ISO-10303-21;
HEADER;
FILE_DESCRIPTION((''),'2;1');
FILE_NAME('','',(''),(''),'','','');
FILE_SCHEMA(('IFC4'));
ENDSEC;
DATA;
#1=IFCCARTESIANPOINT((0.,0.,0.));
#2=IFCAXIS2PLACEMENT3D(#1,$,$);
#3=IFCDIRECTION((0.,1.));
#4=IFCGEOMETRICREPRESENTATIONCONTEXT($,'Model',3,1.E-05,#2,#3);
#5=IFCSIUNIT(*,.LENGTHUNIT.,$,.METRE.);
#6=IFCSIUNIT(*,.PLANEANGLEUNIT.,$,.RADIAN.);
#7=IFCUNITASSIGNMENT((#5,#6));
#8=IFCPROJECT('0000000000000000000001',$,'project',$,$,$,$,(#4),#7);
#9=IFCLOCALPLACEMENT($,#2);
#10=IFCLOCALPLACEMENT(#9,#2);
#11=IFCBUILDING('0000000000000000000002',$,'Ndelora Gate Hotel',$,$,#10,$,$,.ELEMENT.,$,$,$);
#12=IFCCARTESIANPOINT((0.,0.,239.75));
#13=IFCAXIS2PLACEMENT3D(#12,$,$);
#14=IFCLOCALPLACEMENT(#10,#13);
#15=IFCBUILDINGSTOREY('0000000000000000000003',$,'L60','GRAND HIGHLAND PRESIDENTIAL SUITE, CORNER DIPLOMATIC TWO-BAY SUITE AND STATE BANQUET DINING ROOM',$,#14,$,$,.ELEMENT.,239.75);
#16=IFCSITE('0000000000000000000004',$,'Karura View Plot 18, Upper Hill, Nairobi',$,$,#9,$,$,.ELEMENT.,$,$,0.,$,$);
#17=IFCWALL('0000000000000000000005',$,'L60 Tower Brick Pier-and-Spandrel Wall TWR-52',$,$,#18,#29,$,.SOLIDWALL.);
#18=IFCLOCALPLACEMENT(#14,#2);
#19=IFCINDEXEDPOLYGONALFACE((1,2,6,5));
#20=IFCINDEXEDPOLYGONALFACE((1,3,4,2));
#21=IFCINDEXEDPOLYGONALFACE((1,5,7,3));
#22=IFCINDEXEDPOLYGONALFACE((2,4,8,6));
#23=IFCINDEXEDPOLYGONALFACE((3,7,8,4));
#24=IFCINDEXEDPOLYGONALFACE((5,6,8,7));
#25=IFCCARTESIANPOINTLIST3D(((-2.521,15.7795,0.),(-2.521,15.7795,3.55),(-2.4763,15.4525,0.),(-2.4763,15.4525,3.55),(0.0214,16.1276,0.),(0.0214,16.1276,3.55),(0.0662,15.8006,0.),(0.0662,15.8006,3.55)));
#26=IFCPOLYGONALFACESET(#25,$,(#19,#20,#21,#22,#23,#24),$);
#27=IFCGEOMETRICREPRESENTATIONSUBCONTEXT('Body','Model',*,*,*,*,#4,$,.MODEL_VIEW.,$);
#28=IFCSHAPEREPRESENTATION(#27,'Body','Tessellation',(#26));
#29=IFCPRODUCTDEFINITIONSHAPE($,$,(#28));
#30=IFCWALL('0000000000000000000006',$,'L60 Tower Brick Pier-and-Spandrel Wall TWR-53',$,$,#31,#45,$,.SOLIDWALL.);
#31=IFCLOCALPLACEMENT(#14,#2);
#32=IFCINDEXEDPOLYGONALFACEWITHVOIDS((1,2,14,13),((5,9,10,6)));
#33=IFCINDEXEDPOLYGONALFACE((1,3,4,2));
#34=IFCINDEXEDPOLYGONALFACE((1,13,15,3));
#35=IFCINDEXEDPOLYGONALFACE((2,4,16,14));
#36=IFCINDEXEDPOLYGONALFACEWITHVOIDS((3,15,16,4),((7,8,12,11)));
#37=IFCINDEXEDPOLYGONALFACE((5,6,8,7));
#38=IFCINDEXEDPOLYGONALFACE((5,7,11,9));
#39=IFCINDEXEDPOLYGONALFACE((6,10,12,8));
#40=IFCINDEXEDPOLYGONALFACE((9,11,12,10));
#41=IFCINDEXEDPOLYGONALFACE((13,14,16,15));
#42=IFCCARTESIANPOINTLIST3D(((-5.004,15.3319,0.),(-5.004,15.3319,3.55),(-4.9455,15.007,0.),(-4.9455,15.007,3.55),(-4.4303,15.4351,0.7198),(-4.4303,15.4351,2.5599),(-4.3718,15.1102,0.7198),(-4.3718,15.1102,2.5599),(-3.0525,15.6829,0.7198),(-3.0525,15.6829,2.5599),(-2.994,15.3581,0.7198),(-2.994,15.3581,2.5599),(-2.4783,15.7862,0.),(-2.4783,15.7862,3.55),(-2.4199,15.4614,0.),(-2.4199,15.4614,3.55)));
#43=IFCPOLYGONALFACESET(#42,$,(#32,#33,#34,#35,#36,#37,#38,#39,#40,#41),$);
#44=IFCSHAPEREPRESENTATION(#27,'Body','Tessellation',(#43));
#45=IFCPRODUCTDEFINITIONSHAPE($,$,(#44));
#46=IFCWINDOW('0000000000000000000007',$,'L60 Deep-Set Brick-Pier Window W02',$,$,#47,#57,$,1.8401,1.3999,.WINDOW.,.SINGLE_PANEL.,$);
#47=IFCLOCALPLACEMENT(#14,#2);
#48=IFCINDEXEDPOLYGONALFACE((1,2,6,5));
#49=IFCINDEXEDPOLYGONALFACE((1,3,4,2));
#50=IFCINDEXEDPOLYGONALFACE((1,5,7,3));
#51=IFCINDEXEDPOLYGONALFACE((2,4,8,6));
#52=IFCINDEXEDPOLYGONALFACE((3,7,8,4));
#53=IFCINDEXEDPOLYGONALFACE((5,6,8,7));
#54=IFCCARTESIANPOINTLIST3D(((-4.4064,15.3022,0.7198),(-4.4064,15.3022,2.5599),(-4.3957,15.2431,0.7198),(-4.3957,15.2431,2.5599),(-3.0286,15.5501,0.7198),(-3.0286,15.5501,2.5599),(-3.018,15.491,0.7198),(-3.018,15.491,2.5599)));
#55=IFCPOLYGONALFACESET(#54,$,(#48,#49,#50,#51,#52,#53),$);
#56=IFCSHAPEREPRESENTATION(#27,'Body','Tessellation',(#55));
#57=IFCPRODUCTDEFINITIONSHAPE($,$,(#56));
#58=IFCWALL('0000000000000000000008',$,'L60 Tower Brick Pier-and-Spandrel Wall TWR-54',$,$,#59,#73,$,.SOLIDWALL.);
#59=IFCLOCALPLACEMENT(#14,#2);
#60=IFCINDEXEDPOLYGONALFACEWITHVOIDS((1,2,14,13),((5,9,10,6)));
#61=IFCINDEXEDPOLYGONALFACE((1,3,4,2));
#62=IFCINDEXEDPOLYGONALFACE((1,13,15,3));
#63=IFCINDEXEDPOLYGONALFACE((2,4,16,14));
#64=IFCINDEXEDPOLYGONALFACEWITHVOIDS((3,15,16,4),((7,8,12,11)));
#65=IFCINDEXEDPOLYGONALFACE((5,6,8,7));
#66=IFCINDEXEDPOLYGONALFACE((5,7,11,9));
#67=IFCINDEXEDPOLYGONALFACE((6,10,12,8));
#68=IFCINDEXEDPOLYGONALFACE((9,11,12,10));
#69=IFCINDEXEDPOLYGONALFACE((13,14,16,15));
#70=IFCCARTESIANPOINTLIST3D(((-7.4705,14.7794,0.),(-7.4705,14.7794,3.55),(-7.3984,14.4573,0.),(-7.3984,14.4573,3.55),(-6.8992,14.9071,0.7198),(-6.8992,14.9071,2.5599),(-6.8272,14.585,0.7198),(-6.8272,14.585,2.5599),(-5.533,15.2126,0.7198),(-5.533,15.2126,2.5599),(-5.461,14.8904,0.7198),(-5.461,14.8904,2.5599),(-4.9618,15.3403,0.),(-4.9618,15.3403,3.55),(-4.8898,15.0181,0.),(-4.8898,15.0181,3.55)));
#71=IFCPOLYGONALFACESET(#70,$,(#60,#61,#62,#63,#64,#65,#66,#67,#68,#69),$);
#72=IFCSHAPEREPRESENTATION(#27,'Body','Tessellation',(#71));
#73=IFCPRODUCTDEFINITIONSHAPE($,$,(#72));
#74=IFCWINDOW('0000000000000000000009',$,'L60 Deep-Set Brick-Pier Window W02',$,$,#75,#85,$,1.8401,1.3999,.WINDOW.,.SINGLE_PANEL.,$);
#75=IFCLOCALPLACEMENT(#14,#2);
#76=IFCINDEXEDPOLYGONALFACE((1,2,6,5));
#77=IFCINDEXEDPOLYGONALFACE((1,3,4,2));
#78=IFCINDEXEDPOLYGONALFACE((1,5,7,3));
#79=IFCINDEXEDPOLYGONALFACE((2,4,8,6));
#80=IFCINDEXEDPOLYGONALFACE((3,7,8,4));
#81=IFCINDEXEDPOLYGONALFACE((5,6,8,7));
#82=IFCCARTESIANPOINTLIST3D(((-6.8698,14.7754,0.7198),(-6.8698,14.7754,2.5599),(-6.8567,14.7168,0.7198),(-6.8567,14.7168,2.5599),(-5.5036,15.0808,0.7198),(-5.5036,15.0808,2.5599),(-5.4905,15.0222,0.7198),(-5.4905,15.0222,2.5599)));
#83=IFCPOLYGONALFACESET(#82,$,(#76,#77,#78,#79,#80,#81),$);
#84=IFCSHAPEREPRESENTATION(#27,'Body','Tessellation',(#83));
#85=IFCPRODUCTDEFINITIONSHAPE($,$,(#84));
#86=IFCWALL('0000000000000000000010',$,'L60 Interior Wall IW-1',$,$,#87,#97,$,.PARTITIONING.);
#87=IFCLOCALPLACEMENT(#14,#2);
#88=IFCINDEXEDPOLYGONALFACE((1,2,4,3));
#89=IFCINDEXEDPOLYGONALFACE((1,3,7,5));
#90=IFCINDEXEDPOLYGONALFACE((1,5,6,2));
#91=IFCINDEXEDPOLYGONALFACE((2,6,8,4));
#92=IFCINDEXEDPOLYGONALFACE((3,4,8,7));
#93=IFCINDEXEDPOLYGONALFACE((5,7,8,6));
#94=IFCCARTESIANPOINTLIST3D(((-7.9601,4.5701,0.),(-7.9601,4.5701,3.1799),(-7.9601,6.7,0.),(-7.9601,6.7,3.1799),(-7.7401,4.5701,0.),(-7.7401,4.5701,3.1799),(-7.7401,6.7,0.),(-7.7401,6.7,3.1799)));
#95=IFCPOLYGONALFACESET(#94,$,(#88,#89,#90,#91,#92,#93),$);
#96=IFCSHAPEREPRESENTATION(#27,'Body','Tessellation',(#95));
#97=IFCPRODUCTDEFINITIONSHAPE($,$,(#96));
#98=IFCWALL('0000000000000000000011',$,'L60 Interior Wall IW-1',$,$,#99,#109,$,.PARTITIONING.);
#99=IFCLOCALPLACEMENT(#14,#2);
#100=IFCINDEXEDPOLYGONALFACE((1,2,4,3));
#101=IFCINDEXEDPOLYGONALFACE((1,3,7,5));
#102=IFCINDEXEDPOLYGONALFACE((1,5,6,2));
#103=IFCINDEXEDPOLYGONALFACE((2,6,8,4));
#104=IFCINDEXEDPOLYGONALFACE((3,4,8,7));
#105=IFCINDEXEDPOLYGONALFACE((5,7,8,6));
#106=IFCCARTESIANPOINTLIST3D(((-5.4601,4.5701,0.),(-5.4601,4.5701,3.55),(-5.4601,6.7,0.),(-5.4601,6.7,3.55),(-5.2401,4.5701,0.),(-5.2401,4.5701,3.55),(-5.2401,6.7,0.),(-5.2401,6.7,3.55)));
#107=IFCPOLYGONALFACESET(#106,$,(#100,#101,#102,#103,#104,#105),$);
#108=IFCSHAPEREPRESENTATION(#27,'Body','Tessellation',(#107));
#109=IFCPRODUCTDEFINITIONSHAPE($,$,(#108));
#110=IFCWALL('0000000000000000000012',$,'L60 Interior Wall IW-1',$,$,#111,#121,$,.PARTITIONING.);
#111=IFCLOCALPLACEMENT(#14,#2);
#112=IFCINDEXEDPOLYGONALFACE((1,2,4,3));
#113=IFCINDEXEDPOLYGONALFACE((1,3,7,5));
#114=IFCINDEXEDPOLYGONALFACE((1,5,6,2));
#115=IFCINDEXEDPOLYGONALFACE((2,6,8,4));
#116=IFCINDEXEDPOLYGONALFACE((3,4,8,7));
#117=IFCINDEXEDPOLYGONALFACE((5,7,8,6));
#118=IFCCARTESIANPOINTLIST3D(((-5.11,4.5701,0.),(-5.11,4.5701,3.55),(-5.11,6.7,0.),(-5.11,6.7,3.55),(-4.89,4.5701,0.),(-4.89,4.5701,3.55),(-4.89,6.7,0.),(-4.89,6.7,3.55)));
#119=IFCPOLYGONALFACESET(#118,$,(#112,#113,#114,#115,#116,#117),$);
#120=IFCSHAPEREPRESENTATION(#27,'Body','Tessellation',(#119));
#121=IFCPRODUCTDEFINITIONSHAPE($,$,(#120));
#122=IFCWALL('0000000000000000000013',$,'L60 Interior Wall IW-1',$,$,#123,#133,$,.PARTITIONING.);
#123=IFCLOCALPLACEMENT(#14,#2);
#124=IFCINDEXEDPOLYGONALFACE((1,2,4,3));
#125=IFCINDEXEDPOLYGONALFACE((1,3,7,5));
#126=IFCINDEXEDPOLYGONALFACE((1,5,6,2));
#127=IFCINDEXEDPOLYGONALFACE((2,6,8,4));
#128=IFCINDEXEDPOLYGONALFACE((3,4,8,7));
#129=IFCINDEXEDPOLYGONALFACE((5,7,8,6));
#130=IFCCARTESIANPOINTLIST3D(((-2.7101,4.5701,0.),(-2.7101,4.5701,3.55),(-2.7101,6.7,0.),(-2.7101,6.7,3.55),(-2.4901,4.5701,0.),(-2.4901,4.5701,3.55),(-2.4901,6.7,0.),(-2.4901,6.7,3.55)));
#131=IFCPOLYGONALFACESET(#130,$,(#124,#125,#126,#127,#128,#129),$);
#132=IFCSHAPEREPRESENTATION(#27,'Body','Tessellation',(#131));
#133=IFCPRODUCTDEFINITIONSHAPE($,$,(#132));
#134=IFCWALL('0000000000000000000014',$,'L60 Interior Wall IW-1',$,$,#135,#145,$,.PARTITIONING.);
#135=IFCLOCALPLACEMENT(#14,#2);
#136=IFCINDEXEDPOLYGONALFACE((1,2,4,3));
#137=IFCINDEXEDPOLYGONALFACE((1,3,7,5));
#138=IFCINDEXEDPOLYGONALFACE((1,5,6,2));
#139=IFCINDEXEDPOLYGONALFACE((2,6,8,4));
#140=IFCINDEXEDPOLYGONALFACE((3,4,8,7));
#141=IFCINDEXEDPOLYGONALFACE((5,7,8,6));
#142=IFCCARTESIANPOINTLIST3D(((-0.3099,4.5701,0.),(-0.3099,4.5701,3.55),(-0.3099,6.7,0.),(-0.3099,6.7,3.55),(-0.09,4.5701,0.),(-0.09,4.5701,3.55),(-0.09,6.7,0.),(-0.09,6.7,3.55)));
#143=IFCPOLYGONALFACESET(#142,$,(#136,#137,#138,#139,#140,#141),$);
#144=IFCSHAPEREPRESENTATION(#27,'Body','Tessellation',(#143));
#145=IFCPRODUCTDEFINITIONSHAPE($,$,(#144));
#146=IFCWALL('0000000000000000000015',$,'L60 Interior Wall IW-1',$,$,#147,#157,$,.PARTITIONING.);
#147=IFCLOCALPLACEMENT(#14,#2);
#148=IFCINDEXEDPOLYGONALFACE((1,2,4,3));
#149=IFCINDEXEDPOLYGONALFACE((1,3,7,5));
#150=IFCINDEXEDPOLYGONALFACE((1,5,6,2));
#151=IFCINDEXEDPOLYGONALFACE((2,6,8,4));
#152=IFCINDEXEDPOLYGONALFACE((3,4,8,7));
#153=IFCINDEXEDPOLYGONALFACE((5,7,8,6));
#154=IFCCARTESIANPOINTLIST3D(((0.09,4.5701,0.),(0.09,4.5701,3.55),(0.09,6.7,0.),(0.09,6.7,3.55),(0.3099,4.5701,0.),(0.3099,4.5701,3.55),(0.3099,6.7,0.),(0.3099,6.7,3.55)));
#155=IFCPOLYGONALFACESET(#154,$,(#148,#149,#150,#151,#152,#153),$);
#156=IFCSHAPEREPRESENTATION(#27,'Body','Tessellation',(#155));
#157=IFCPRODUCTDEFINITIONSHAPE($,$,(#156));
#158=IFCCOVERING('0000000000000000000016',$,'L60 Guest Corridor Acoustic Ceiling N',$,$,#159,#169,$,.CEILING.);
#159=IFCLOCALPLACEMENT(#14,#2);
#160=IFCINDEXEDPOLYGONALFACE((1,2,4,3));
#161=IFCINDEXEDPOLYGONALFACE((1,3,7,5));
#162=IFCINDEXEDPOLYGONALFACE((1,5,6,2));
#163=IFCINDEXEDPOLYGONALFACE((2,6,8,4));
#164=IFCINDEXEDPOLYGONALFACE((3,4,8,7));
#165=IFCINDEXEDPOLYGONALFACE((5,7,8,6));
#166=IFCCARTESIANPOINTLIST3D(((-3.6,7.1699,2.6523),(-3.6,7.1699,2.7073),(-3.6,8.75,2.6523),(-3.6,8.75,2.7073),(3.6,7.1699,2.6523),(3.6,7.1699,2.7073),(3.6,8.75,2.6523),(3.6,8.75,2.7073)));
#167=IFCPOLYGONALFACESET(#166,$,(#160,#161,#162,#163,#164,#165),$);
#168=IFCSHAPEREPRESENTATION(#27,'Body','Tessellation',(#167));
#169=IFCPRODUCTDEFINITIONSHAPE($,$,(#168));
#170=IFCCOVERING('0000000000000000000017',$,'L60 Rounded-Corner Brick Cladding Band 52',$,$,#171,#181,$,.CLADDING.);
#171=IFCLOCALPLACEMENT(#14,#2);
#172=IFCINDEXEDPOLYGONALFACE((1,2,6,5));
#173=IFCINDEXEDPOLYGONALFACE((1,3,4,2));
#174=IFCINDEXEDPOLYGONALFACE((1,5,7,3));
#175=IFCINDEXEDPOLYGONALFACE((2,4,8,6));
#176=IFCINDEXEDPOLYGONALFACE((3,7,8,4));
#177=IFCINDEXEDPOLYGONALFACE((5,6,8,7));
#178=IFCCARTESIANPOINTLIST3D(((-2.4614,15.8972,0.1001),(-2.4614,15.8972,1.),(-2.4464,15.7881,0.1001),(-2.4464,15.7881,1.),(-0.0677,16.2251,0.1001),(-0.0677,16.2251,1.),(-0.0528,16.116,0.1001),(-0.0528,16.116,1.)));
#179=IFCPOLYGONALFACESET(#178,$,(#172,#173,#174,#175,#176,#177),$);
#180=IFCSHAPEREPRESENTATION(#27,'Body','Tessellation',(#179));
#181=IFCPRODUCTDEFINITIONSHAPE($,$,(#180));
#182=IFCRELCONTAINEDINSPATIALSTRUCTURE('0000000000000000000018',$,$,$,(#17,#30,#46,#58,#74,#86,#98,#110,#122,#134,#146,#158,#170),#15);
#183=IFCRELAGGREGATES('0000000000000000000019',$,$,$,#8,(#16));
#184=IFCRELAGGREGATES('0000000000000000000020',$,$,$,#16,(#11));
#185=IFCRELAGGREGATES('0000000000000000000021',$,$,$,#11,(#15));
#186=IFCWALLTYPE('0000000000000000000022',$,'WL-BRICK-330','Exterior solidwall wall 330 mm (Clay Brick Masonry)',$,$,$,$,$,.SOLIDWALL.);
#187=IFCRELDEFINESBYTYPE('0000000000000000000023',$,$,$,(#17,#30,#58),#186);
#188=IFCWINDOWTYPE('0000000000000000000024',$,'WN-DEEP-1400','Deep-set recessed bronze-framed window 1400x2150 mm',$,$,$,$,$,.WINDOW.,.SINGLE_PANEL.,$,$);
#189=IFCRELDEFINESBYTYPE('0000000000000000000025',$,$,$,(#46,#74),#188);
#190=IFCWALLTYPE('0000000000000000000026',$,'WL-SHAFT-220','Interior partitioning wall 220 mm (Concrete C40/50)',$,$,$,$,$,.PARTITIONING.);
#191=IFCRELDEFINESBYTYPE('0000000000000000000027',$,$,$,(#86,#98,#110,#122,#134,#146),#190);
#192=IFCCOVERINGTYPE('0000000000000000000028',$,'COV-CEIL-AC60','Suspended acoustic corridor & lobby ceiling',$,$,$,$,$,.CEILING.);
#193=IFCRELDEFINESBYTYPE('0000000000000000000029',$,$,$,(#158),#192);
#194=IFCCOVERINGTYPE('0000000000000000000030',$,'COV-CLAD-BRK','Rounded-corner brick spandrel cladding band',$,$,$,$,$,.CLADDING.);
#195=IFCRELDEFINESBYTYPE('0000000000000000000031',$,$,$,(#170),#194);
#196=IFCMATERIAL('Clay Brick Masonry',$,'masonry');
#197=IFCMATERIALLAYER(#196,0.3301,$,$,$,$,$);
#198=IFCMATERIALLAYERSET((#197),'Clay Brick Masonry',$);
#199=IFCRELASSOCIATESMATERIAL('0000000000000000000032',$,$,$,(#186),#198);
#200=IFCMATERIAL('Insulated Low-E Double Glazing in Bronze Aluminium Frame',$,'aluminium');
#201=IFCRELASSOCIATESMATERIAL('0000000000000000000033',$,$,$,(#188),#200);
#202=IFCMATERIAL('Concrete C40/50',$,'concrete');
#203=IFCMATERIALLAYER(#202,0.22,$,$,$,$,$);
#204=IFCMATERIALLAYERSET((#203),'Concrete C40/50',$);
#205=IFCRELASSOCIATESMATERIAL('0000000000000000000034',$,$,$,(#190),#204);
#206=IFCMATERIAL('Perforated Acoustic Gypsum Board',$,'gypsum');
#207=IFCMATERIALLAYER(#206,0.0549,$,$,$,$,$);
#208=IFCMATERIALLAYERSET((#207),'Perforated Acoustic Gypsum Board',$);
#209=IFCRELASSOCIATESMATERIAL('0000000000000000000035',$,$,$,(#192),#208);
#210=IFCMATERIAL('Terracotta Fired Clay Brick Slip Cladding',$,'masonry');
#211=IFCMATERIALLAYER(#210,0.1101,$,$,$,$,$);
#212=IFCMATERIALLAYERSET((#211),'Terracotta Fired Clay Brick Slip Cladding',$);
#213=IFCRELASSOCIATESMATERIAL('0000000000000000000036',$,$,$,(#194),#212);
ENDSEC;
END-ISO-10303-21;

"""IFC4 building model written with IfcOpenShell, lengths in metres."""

from ifc_helpers import new_model, si_unit, direction, frame, frame_2d, origin, origin_2d, place, context, subcontext, project, spatial, rectangle, extrude, material, layer, layer_set, type_object, element, fill, save


model = new_model("IFC4")

# Units and contexts
model_context = context("Model", 3, precision=1e-05, world=origin(), true_north=direction((0.0, 1.0)))
body_context = subcontext(model_context, "Body", "Model", "MODEL_VIEW")
ifc_project = project(units=[si_unit("LENGTHUNIT", "METRE"), si_unit("PLANEANGLEUNIT", "RADIAN")], contexts=[model_context])

# Site, building, storey
site_placement = place(None, origin())
site = spatial("IfcSite", under=ifc_project, at=site_placement, Name="Karura View Plot 18, Upper Hill, Nairobi", CompositionType="ELEMENT", RefElevation=0.0)
building_placement = place(site_placement, origin())
building = spatial("IfcBuilding", under=site, at=building_placement, Name="Ndelora Gate Hotel", CompositionType="ELEMENT")
storey_placement = place(building_placement, frame((0.0, 0.0, 239.75)))
storey = spatial("IfcBuildingStorey", under=building, at=storey_placement, Name="L60", Description="GRAND HIGHLAND PRESIDENTIAL SUITE, CORNER DIPLOMATIC TWO-BAY SUITE AND STATE BANQUET DINING ROOM", CompositionType="ELEMENT", Elevation=239.75)

# Shared definitions
ifc_material_1 = material(Name="Clay Brick Masonry", Category="masonry")
ifc_layer_1 = layer(ifc_material_1, 0.3301)
ifc_layer_set_1 = layer_set([ifc_layer_1], Name="Clay Brick Masonry")
wall_type_1 = type_object("IfcWallType", Name="WL-BRICK-330", Description="Exterior solidwall wall 330 mm (Clay Brick Masonry)", PredefinedType="SOLIDWALL", material=ifc_layer_set_1)
ifc_material_2 = material(Name="Insulated Low-E Double Glazing in Bronze Aluminium Frame", Category="aluminium")
window_type = type_object("IfcWindowType", Name="WN-DEEP-1400", Description="Deep-set recessed bronze-framed window 1400x2150 mm", PartitioningType="SINGLE_PANEL", PredefinedType="WINDOW", material=ifc_material_2)

# Wall
wall_1_placement = place(storey_placement, frame((-2.4988, 15.616, 0.0), z_axis=(0.0, 0.0, 1.0), x_axis=(0.990755, 0.135665, 0.0)))
element("IfcWall", 1, at=wall_1_placement, inside=storey, type_object=wall_type_1, Name="L60 Tower Brick Pier-and-Spandrel Wall TWR-52", PredefinedType="SOLIDWALL", context=body_context, shape_type="SweptSolid", body=[
    extrude(rectangle(XDim=2.5662, YDim=0.3301, at=frame_2d((1.2832, 0.0))), origin(), (0.0, 0.0, 1.0), 3.55),
])

# Walls, openings, windows
wall_2_placement = place(storey_placement, frame((-4.9749, 15.1694, 0.0), z_axis=(0.0, 0.0, 1.0), x_axis=(0.984202, 0.177052, 0.0)))
wall_2 = element("IfcWall", 2, at=wall_2_placement, inside=storey, type_object=wall_type_1, Name="L60 Tower Brick Pier-and-Spandrel Wall TWR-53", PredefinedType="SOLIDWALL", context=body_context, shape_type="SweptSolid", body=[
    extrude(rectangle(XDim=2.5662, YDim=0.3301, at=frame_2d((1.2832, 0.0))), origin(), (0.0, 0.0, 1.0), 3.55),
])
opening_1_placement = place(wall_2_placement, frame((0.583, 0.0, 0.72)))
opening_1 = element("IfcOpeningElement", 3, at=opening_1_placement, cuts=wall_2, PredefinedType="OPENING", context=body_context, shape_type="SweptSolid", body=[
    extrude(rectangle(XDim=1.3999, YDim=1.8401, at=frame_2d((0.7, 0.9199))), frame((0.0, 0.175, 0.0), z_axis=(0.0, -1.0, 0.0), x_axis=(1.0, 0.0, 0.0)), (0.0, 0.0, 1.0), 0.3501),
])
window_1_placement = place(opening_1_placement, origin())
window_1 = element("IfcWindow", 4, at=window_1_placement, inside=storey, type_object=window_type, Name="L60 Deep-Set Brick-Pier Window W02", OverallHeight=1.8401, OverallWidth=1.3999, PartitioningType="SINGLE_PANEL", PredefinedType="WINDOW", context=body_context, shape_type="SweptSolid", body=[
    extrude(rectangle(XDim=1.3999, YDim=1.8401, at=frame_2d((0.7, 0.9199))), frame((0.0, 0.03, 0.0), z_axis=(0.0, -1.0, 0.0), x_axis=(1.0, 0.0, 0.0)), (0.0, 0.0, 1.0), 0.0601),
])
fill(opening_1, window_1)
wall_3_placement = place(storey_placement, frame((-7.4343, 14.6184, 0.0), z_axis=(0.0, 0.0, 1.0), x_axis=(0.975911, 0.218167, 0.0)))
wall_3 = element("IfcWall", 5, at=wall_3_placement, inside=storey, type_object=wall_type_1, Name="L60 Tower Brick Pier-and-Spandrel Wall TWR-54", PredefinedType="SOLIDWALL", context=body_context, shape_type="SweptSolid", body=[
    extrude(rectangle(XDim=2.5706, YDim=0.3301, at=frame_2d((1.2852, 0.0))), origin(), (0.0, 0.0, 1.0), 3.55),
])
opening_2_placement = place(wall_3_placement, frame((0.5852, 0.0, 0.72)))
opening_2 = element("IfcOpeningElement", 6, at=opening_2_placement, cuts=wall_3, PredefinedType="OPENING", context=body_context, shape_type="SweptSolid", body=[
    extrude(rectangle(XDim=1.3999, YDim=1.8401, at=frame_2d((0.7, 0.9199))), frame((0.0, 0.175, 0.0), z_axis=(0.0, -1.0, 0.0), x_axis=(1.0, 0.0, 0.0)), (0.0, 0.0, 1.0), 0.3501),
])
window_2_placement = place(opening_2_placement, origin())
window_2 = element("IfcWindow", 7, at=window_2_placement, inside=storey, type_object=window_type, Name="L60 Deep-Set Brick-Pier Window W02", OverallHeight=1.8401, OverallWidth=1.3999, PartitioningType="SINGLE_PANEL", PredefinedType="WINDOW", context=body_context, shape_type="SweptSolid", body=[
    extrude(rectangle(XDim=1.3999, YDim=1.8401, at=frame_2d((0.7, 0.9199))), frame((0.0, 0.03, 0.0), z_axis=(0.0, -1.0, 0.0), x_axis=(1.0, 0.0, 0.0)), (0.0, 0.0, 1.0), 0.0601),
])
fill(opening_2, window_2)

# Walls
ifc_material_3 = material(Name="Concrete C40/50", Category="concrete")
ifc_layer_2 = layer(ifc_material_3, 0.22)
ifc_layer_set_2 = layer_set([ifc_layer_2], Name="Concrete C40/50")
wall_type_2 = type_object("IfcWallType", Name="WL-SHAFT-220", Description="Interior partitioning wall 220 mm (Concrete C40/50)", PredefinedType="PARTITIONING", material=ifc_layer_set_2)
wall_4_placement = place(storey_placement, frame((-7.8501, 4.5701, 0.0), z_axis=(0.0, 0.0, 1.0), x_axis=(0.0, 1.0, 0.0)))
element("IfcWall", 8, at=wall_4_placement, inside=storey, type_object=wall_type_2, Name="L60 Interior Wall IW-1", PredefinedType="PARTITIONING", context=body_context, shape_type="SweptSolid", body=[
    extrude(rectangle(XDim=2.1299, YDim=0.22, at=frame_2d((1.0649, 0.0))), origin(), (0.0, 0.0, 1.0), 3.1799),
])
for number, where, z_axis, x_axis, name in (
    (9, (-5.3501, 4.5701, 0.0), (0.0, 0.0, 1.0), (0.0, 1.0, 0.0), "L60 Interior Wall IW-1"),
    (10, (-5.0, 4.5701, 0.0), (0.0, 0.0, 1.0), (0.0, 1.0, 0.0), "L60 Interior Wall IW-1"),
    (11, (-2.6001, 4.5701, 0.0), (0.0, 0.0, 1.0), (0.0, 1.0, 0.0), "L60 Interior Wall IW-1"),
    (12, (-0.2, 4.5701, 0.0), (0.0, 0.0, 1.0), (0.0, 1.0, 0.0), "L60 Interior Wall IW-1"),
    (13, (0.2, 4.5701, 0.0), (0.0, 0.0, 1.0), (0.0, 1.0, 0.0), "L60 Interior Wall IW-1"),
):
    element("IfcWall", number, at=place(storey_placement, frame(where, z_axis=z_axis, x_axis=x_axis)), inside=storey, type_object=wall_type_2, Name=name, PredefinedType="PARTITIONING", context=body_context, shape_type="SweptSolid", body=[
        extrude(rectangle(XDim=2.1299, YDim=0.22, at=frame_2d((1.0649, 0.0))), origin(), (0.0, 0.0, 1.0), 3.55),
    ])

# Coverings
ifc_material_4 = material(Name="Perforated Acoustic Gypsum Board", Category="gypsum")
ifc_layer_3 = layer(ifc_material_4, 0.0549)
ifc_layer_set_3 = layer_set([ifc_layer_3], Name="Perforated Acoustic Gypsum Board")
covering_type_1 = type_object("IfcCoveringType", Name="COV-CEIL-AC60", Description="Suspended acoustic corridor & lobby ceiling", PredefinedType="CEILING", material=ifc_layer_set_3)
covering_1_placement = place(storey_placement, frame((0.0, 7.96, 2.6523), z_axis=(0.0, 0.0, 1.0), x_axis=(1.0, 0.0, 0.0)))
element("IfcCovering", 14, at=covering_1_placement, inside=storey, type_object=covering_type_1, Name="L60 Guest Corridor Acoustic Ceiling N", PredefinedType="CEILING", context=body_context, shape_type="SweptSolid", body=[
    extrude(rectangle(XDim=7.2, YDim=1.5801, at=origin_2d()), origin(), (0.0, 0.0, 1.0), 0.0549),
])
ifc_material_5 = material(Name="Terracotta Fired Clay Brick Slip Cladding", Category="masonry")
ifc_layer_4 = layer(ifc_material_5, 0.1101)
ifc_layer_set_4 = layer_set([ifc_layer_4], Name="Terracotta Fired Clay Brick Slip Cladding")
covering_type_2 = type_object("IfcCoveringType", Name="COV-CLAD-BRK", Description="Rounded-corner brick spandrel cladding band", PredefinedType="CLADDING", material=ifc_layer_set_4)
covering_2_placement = place(storey_placement, frame((-1.2571, 16.0066, 0.1001), z_axis=(0.0, 0.0, 1.0), x_axis=(0.990748, 0.135716, 0.0)))
element("IfcCovering", 15, at=covering_2_placement, inside=storey, type_object=covering_type_2, Name="L60 Rounded-Corner Brick Cladding Band 52", PredefinedType="CLADDING", context=body_context, shape_type="SweptSolid", body=[
    extrude(rectangle(XDim=2.416, YDim=0.1101, at=origin_2d()), origin(), (0.0, 0.0, 1.0), 0.8999),
])

save(model, "model.ifc")
